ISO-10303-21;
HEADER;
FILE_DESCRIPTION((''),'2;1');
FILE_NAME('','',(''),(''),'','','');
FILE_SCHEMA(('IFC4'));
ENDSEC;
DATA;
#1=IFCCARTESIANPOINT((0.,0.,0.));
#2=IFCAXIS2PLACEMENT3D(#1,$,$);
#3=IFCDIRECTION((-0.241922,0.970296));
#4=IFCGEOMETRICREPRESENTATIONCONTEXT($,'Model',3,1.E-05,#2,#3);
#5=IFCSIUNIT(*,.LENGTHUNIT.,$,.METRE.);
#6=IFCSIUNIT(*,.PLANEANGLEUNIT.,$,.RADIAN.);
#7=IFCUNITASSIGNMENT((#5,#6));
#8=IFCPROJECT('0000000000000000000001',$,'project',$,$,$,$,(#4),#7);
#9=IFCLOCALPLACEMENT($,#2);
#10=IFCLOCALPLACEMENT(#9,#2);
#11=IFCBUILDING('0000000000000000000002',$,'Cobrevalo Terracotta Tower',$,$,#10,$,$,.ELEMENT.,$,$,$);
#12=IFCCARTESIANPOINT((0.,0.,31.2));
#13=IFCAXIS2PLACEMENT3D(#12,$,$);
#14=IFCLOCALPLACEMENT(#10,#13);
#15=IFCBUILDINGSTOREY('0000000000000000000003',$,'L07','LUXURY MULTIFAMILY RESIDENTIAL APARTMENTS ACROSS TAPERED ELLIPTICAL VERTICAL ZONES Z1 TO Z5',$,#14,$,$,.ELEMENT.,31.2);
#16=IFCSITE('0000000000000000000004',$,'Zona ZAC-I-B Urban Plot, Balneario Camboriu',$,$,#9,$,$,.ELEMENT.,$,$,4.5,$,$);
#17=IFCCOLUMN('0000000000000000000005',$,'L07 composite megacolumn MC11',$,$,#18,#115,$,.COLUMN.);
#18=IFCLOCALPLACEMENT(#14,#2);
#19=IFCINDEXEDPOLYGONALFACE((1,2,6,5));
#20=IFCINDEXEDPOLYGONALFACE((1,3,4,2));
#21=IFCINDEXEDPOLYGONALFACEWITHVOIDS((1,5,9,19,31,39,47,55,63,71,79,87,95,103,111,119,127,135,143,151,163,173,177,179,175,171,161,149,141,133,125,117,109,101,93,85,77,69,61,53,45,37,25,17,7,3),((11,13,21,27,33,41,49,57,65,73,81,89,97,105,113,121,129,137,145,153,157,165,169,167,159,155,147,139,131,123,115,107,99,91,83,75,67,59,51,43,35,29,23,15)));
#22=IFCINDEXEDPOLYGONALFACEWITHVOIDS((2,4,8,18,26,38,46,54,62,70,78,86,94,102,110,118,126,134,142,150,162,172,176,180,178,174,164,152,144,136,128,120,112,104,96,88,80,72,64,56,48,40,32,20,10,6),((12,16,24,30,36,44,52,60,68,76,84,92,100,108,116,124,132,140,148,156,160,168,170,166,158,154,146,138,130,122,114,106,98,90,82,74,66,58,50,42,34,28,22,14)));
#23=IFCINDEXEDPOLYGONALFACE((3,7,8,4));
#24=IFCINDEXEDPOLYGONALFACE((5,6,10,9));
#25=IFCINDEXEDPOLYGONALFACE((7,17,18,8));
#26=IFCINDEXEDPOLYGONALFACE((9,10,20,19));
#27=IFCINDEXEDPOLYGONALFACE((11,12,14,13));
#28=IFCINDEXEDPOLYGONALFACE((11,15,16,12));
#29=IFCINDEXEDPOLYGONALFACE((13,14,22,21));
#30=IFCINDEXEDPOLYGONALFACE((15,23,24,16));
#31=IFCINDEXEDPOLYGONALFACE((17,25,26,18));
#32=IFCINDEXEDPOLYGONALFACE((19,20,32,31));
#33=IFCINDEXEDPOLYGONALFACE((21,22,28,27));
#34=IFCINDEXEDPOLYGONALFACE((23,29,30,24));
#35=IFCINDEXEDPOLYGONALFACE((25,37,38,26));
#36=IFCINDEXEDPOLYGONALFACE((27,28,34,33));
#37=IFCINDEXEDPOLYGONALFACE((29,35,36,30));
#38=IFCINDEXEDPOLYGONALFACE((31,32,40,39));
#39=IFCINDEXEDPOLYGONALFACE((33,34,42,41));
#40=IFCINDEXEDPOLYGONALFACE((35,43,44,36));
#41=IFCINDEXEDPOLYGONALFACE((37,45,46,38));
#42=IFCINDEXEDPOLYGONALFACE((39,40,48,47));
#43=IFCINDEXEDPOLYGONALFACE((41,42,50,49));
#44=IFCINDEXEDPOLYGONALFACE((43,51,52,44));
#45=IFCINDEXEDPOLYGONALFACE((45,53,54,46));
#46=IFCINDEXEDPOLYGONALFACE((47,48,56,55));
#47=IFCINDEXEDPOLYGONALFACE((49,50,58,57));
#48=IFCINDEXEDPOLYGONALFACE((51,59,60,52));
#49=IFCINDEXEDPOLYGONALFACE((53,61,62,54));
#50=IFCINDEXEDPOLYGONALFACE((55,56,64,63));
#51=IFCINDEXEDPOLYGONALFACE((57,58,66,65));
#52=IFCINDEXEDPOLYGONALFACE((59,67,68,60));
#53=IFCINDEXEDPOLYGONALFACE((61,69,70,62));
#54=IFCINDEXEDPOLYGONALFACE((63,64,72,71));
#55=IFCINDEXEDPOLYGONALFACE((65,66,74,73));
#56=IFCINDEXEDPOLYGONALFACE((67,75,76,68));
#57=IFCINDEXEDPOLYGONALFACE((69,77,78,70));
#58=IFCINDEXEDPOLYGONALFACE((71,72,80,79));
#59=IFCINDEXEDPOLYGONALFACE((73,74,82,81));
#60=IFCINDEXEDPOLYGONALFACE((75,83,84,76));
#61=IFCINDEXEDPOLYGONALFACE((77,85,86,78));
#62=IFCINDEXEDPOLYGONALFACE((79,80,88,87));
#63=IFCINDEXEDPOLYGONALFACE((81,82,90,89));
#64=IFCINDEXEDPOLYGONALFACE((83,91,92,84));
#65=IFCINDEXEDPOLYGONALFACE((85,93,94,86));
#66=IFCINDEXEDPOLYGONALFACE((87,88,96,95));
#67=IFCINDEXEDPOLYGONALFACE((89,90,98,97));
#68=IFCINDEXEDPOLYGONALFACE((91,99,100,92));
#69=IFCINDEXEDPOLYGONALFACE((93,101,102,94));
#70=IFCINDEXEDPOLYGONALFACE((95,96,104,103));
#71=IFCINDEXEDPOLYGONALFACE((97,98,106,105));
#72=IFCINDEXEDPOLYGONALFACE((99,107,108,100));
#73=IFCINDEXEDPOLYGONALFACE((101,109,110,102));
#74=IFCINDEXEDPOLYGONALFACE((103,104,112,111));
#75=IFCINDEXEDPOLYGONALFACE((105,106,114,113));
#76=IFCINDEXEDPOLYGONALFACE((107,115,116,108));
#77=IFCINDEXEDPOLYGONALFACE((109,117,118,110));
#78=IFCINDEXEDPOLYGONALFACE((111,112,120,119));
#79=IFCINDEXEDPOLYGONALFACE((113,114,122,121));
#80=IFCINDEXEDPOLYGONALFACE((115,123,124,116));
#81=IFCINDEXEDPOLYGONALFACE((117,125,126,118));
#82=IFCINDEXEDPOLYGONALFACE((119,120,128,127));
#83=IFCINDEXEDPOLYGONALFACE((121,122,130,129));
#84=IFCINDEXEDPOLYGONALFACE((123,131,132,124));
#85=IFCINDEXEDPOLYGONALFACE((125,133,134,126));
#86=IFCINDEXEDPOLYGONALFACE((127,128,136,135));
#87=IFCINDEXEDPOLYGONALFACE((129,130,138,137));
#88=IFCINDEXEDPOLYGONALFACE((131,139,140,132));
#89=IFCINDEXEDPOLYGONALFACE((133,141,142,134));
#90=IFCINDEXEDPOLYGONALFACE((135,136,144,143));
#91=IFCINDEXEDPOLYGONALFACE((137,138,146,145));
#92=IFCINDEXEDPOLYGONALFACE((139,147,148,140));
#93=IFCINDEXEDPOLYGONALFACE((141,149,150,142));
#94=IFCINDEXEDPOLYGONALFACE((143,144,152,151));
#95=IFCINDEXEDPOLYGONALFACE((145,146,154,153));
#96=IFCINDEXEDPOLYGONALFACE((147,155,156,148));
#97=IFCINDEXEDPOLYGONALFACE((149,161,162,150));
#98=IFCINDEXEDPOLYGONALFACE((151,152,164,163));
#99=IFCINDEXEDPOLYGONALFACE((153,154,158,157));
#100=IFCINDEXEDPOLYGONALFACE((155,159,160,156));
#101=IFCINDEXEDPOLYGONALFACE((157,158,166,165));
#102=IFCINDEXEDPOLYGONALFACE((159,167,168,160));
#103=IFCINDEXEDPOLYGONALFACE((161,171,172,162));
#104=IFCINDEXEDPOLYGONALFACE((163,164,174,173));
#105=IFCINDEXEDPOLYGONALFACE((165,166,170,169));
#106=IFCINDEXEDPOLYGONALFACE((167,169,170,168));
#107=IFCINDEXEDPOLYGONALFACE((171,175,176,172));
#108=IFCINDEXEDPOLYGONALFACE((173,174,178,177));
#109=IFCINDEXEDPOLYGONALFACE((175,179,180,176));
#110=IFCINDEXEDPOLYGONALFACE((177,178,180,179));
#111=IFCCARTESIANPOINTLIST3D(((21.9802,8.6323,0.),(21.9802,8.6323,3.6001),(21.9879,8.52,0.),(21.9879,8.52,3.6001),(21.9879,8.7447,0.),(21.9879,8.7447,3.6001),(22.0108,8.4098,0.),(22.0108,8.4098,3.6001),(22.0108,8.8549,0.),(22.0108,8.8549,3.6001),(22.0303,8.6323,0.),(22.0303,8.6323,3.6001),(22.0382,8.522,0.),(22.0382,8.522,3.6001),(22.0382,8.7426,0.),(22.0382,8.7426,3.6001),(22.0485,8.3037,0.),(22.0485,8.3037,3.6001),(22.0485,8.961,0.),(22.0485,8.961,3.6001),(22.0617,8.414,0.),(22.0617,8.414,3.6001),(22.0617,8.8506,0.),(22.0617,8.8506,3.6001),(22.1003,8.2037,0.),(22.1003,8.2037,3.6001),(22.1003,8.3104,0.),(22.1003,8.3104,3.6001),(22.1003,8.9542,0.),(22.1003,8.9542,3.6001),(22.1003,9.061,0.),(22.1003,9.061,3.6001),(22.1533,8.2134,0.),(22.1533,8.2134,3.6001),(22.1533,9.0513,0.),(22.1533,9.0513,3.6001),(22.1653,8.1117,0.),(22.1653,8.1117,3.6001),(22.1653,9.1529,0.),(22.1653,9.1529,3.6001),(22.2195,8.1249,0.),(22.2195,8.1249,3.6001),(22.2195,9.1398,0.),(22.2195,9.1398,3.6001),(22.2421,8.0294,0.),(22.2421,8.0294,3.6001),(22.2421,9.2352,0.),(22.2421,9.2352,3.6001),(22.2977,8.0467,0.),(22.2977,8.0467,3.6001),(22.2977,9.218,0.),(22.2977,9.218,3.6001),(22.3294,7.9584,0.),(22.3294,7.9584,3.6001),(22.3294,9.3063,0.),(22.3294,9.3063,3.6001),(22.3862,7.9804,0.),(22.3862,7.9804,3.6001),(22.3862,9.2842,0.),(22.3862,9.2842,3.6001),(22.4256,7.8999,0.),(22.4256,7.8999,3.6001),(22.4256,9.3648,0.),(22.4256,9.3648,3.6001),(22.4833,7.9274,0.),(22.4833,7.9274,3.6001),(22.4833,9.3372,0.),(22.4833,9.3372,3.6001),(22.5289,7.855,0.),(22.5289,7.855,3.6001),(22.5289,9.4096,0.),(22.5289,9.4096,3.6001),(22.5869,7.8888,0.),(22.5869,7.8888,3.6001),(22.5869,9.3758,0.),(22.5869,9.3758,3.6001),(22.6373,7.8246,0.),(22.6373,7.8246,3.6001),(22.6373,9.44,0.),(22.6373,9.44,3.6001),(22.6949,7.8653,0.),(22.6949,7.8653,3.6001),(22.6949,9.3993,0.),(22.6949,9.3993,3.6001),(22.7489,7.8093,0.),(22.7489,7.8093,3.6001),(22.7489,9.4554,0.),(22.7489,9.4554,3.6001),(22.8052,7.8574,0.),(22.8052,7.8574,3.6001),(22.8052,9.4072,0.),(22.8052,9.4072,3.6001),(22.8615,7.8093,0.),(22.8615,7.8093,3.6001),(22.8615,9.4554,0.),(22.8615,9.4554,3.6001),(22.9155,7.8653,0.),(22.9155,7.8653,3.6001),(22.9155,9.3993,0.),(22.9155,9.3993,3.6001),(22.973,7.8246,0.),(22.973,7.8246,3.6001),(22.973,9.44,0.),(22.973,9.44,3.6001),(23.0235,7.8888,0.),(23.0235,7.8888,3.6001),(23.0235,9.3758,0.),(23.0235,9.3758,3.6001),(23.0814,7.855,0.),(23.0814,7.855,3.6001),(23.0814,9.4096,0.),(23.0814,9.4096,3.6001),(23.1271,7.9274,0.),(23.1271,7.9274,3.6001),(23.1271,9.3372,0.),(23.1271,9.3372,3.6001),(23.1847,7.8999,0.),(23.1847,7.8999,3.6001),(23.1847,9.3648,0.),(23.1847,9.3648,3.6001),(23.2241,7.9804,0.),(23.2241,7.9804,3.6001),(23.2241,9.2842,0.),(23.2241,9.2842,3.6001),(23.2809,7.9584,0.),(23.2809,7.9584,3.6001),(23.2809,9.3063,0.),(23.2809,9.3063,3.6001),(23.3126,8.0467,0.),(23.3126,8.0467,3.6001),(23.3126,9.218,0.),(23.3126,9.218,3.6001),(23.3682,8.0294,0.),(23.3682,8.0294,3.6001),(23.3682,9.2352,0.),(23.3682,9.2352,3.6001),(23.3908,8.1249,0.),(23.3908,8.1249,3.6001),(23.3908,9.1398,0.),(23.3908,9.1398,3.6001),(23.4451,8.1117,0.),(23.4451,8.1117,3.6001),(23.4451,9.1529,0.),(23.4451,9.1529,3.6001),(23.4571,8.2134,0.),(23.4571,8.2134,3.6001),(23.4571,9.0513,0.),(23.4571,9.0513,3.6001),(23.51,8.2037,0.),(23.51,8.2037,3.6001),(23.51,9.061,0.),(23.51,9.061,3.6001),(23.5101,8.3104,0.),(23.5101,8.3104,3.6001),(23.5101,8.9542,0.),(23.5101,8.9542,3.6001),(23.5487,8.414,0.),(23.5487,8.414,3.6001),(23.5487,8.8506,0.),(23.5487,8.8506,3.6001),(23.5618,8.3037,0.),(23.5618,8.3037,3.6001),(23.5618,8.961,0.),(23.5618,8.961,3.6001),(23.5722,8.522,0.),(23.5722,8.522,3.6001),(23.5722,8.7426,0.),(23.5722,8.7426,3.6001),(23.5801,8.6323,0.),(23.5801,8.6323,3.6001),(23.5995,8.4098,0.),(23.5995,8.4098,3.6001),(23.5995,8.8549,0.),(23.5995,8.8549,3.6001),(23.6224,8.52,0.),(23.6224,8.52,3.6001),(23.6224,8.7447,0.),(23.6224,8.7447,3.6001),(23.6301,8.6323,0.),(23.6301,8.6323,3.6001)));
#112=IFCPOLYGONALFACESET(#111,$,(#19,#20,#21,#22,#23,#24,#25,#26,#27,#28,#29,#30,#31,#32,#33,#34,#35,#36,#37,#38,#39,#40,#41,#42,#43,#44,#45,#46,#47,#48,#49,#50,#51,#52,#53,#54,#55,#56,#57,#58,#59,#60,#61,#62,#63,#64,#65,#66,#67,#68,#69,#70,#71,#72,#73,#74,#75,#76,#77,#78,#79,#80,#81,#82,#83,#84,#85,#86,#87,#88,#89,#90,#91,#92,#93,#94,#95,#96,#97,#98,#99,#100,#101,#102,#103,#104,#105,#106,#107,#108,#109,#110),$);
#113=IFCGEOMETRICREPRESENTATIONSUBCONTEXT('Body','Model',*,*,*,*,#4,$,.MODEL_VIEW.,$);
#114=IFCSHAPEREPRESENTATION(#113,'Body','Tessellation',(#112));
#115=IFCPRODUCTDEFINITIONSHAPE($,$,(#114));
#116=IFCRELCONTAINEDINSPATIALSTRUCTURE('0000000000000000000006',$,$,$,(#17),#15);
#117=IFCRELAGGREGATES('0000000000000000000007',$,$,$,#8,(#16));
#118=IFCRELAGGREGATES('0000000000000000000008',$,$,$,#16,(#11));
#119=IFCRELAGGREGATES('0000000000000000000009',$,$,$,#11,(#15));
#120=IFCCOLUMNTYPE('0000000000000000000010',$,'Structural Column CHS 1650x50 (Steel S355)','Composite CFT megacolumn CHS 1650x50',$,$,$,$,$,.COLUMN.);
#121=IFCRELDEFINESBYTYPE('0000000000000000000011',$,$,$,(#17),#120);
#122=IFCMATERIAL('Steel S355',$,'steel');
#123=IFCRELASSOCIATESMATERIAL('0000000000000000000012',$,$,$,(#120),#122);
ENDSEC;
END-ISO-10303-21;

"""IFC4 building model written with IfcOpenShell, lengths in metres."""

from ifc_helpers import new_model, si_unit, direction, frame, origin, origin_2d, place, context, subcontext, project, spatial, hollow_circle, extrude, material, material_profile, profile_set, type_object, element, save


model = new_model("IFC4")

# Units and contexts
model_context = context("Model", 3, precision=1e-05, world=origin(), true_north=direction((-0.241922, 0.970296)))
body_context = subcontext(model_context, "Body", "Model", "MODEL_VIEW")
ifc_project = project(units=[si_unit("LENGTHUNIT", "METRE"), si_unit("PLANEANGLEUNIT", "RADIAN")], contexts=[model_context])

# Site, building, storey
site_placement = place(None, origin())
site = spatial("IfcSite", under=ifc_project, at=site_placement, Name="Zona ZAC-I-B Urban Plot, Balneario Camboriu", CompositionType="ELEMENT", RefElevation=4.5)
building_placement = place(site_placement, origin())
building = spatial("IfcBuilding", under=site, at=building_placement, Name="Cobrevalo Terracotta Tower", CompositionType="ELEMENT")
storey_placement = place(building_placement, frame((0.0, 0.0, 31.2)))
storey = spatial("IfcBuildingStorey", under=building, at=storey_placement, Name="L07", Description="LUXURY MULTIFAMILY RESIDENTIAL APARTMENTS ACROSS TAPERED ELLIPTICAL VERTICAL ZONES Z1 TO Z5", CompositionType="ELEMENT", Elevation=31.2)

# Column
ifc_material_1 = material(Name="Steel S355", Category="steel")
ifc_material_profile_1 = material_profile(ifc_material_1, hollow_circle(Radius=0.825, WallThickness=0.05, at=origin_2d()), Name="CHS 1650x50")
ifc_profile_set_1 = profile_set([ifc_material_profile_1], Name="Steel S355")
column_type = type_object("IfcColumnType", Name="Structural Column CHS 1650x50 (Steel S355)", Description="Composite CFT megacolumn CHS 1650x50", PredefinedType="COLUMN", material=ifc_profile_set_1)
for number, where, z_axis, x_axis, name in (
    (1, (22.8052, 8.6323, 0.0), (0.0, 0.0, 1.0), (1.0, 0.0, 0.0), "L07 composite megacolumn MC11"),
):
    element("IfcColumn", number, at=place(storey_placement, frame(where, z_axis=z_axis, x_axis=x_axis)), inside=storey, type_object=column_type, Name=name, PredefinedType="COLUMN", context=body_context, shape_type="SweptSolid", body=[
        extrude(hollow_circle(Radius=0.825, WallThickness=0.05, at=origin_2d()), origin(), (0.0, 0.0, 1.0), 3.6001),
    ])

save(model, "model.ifc")
